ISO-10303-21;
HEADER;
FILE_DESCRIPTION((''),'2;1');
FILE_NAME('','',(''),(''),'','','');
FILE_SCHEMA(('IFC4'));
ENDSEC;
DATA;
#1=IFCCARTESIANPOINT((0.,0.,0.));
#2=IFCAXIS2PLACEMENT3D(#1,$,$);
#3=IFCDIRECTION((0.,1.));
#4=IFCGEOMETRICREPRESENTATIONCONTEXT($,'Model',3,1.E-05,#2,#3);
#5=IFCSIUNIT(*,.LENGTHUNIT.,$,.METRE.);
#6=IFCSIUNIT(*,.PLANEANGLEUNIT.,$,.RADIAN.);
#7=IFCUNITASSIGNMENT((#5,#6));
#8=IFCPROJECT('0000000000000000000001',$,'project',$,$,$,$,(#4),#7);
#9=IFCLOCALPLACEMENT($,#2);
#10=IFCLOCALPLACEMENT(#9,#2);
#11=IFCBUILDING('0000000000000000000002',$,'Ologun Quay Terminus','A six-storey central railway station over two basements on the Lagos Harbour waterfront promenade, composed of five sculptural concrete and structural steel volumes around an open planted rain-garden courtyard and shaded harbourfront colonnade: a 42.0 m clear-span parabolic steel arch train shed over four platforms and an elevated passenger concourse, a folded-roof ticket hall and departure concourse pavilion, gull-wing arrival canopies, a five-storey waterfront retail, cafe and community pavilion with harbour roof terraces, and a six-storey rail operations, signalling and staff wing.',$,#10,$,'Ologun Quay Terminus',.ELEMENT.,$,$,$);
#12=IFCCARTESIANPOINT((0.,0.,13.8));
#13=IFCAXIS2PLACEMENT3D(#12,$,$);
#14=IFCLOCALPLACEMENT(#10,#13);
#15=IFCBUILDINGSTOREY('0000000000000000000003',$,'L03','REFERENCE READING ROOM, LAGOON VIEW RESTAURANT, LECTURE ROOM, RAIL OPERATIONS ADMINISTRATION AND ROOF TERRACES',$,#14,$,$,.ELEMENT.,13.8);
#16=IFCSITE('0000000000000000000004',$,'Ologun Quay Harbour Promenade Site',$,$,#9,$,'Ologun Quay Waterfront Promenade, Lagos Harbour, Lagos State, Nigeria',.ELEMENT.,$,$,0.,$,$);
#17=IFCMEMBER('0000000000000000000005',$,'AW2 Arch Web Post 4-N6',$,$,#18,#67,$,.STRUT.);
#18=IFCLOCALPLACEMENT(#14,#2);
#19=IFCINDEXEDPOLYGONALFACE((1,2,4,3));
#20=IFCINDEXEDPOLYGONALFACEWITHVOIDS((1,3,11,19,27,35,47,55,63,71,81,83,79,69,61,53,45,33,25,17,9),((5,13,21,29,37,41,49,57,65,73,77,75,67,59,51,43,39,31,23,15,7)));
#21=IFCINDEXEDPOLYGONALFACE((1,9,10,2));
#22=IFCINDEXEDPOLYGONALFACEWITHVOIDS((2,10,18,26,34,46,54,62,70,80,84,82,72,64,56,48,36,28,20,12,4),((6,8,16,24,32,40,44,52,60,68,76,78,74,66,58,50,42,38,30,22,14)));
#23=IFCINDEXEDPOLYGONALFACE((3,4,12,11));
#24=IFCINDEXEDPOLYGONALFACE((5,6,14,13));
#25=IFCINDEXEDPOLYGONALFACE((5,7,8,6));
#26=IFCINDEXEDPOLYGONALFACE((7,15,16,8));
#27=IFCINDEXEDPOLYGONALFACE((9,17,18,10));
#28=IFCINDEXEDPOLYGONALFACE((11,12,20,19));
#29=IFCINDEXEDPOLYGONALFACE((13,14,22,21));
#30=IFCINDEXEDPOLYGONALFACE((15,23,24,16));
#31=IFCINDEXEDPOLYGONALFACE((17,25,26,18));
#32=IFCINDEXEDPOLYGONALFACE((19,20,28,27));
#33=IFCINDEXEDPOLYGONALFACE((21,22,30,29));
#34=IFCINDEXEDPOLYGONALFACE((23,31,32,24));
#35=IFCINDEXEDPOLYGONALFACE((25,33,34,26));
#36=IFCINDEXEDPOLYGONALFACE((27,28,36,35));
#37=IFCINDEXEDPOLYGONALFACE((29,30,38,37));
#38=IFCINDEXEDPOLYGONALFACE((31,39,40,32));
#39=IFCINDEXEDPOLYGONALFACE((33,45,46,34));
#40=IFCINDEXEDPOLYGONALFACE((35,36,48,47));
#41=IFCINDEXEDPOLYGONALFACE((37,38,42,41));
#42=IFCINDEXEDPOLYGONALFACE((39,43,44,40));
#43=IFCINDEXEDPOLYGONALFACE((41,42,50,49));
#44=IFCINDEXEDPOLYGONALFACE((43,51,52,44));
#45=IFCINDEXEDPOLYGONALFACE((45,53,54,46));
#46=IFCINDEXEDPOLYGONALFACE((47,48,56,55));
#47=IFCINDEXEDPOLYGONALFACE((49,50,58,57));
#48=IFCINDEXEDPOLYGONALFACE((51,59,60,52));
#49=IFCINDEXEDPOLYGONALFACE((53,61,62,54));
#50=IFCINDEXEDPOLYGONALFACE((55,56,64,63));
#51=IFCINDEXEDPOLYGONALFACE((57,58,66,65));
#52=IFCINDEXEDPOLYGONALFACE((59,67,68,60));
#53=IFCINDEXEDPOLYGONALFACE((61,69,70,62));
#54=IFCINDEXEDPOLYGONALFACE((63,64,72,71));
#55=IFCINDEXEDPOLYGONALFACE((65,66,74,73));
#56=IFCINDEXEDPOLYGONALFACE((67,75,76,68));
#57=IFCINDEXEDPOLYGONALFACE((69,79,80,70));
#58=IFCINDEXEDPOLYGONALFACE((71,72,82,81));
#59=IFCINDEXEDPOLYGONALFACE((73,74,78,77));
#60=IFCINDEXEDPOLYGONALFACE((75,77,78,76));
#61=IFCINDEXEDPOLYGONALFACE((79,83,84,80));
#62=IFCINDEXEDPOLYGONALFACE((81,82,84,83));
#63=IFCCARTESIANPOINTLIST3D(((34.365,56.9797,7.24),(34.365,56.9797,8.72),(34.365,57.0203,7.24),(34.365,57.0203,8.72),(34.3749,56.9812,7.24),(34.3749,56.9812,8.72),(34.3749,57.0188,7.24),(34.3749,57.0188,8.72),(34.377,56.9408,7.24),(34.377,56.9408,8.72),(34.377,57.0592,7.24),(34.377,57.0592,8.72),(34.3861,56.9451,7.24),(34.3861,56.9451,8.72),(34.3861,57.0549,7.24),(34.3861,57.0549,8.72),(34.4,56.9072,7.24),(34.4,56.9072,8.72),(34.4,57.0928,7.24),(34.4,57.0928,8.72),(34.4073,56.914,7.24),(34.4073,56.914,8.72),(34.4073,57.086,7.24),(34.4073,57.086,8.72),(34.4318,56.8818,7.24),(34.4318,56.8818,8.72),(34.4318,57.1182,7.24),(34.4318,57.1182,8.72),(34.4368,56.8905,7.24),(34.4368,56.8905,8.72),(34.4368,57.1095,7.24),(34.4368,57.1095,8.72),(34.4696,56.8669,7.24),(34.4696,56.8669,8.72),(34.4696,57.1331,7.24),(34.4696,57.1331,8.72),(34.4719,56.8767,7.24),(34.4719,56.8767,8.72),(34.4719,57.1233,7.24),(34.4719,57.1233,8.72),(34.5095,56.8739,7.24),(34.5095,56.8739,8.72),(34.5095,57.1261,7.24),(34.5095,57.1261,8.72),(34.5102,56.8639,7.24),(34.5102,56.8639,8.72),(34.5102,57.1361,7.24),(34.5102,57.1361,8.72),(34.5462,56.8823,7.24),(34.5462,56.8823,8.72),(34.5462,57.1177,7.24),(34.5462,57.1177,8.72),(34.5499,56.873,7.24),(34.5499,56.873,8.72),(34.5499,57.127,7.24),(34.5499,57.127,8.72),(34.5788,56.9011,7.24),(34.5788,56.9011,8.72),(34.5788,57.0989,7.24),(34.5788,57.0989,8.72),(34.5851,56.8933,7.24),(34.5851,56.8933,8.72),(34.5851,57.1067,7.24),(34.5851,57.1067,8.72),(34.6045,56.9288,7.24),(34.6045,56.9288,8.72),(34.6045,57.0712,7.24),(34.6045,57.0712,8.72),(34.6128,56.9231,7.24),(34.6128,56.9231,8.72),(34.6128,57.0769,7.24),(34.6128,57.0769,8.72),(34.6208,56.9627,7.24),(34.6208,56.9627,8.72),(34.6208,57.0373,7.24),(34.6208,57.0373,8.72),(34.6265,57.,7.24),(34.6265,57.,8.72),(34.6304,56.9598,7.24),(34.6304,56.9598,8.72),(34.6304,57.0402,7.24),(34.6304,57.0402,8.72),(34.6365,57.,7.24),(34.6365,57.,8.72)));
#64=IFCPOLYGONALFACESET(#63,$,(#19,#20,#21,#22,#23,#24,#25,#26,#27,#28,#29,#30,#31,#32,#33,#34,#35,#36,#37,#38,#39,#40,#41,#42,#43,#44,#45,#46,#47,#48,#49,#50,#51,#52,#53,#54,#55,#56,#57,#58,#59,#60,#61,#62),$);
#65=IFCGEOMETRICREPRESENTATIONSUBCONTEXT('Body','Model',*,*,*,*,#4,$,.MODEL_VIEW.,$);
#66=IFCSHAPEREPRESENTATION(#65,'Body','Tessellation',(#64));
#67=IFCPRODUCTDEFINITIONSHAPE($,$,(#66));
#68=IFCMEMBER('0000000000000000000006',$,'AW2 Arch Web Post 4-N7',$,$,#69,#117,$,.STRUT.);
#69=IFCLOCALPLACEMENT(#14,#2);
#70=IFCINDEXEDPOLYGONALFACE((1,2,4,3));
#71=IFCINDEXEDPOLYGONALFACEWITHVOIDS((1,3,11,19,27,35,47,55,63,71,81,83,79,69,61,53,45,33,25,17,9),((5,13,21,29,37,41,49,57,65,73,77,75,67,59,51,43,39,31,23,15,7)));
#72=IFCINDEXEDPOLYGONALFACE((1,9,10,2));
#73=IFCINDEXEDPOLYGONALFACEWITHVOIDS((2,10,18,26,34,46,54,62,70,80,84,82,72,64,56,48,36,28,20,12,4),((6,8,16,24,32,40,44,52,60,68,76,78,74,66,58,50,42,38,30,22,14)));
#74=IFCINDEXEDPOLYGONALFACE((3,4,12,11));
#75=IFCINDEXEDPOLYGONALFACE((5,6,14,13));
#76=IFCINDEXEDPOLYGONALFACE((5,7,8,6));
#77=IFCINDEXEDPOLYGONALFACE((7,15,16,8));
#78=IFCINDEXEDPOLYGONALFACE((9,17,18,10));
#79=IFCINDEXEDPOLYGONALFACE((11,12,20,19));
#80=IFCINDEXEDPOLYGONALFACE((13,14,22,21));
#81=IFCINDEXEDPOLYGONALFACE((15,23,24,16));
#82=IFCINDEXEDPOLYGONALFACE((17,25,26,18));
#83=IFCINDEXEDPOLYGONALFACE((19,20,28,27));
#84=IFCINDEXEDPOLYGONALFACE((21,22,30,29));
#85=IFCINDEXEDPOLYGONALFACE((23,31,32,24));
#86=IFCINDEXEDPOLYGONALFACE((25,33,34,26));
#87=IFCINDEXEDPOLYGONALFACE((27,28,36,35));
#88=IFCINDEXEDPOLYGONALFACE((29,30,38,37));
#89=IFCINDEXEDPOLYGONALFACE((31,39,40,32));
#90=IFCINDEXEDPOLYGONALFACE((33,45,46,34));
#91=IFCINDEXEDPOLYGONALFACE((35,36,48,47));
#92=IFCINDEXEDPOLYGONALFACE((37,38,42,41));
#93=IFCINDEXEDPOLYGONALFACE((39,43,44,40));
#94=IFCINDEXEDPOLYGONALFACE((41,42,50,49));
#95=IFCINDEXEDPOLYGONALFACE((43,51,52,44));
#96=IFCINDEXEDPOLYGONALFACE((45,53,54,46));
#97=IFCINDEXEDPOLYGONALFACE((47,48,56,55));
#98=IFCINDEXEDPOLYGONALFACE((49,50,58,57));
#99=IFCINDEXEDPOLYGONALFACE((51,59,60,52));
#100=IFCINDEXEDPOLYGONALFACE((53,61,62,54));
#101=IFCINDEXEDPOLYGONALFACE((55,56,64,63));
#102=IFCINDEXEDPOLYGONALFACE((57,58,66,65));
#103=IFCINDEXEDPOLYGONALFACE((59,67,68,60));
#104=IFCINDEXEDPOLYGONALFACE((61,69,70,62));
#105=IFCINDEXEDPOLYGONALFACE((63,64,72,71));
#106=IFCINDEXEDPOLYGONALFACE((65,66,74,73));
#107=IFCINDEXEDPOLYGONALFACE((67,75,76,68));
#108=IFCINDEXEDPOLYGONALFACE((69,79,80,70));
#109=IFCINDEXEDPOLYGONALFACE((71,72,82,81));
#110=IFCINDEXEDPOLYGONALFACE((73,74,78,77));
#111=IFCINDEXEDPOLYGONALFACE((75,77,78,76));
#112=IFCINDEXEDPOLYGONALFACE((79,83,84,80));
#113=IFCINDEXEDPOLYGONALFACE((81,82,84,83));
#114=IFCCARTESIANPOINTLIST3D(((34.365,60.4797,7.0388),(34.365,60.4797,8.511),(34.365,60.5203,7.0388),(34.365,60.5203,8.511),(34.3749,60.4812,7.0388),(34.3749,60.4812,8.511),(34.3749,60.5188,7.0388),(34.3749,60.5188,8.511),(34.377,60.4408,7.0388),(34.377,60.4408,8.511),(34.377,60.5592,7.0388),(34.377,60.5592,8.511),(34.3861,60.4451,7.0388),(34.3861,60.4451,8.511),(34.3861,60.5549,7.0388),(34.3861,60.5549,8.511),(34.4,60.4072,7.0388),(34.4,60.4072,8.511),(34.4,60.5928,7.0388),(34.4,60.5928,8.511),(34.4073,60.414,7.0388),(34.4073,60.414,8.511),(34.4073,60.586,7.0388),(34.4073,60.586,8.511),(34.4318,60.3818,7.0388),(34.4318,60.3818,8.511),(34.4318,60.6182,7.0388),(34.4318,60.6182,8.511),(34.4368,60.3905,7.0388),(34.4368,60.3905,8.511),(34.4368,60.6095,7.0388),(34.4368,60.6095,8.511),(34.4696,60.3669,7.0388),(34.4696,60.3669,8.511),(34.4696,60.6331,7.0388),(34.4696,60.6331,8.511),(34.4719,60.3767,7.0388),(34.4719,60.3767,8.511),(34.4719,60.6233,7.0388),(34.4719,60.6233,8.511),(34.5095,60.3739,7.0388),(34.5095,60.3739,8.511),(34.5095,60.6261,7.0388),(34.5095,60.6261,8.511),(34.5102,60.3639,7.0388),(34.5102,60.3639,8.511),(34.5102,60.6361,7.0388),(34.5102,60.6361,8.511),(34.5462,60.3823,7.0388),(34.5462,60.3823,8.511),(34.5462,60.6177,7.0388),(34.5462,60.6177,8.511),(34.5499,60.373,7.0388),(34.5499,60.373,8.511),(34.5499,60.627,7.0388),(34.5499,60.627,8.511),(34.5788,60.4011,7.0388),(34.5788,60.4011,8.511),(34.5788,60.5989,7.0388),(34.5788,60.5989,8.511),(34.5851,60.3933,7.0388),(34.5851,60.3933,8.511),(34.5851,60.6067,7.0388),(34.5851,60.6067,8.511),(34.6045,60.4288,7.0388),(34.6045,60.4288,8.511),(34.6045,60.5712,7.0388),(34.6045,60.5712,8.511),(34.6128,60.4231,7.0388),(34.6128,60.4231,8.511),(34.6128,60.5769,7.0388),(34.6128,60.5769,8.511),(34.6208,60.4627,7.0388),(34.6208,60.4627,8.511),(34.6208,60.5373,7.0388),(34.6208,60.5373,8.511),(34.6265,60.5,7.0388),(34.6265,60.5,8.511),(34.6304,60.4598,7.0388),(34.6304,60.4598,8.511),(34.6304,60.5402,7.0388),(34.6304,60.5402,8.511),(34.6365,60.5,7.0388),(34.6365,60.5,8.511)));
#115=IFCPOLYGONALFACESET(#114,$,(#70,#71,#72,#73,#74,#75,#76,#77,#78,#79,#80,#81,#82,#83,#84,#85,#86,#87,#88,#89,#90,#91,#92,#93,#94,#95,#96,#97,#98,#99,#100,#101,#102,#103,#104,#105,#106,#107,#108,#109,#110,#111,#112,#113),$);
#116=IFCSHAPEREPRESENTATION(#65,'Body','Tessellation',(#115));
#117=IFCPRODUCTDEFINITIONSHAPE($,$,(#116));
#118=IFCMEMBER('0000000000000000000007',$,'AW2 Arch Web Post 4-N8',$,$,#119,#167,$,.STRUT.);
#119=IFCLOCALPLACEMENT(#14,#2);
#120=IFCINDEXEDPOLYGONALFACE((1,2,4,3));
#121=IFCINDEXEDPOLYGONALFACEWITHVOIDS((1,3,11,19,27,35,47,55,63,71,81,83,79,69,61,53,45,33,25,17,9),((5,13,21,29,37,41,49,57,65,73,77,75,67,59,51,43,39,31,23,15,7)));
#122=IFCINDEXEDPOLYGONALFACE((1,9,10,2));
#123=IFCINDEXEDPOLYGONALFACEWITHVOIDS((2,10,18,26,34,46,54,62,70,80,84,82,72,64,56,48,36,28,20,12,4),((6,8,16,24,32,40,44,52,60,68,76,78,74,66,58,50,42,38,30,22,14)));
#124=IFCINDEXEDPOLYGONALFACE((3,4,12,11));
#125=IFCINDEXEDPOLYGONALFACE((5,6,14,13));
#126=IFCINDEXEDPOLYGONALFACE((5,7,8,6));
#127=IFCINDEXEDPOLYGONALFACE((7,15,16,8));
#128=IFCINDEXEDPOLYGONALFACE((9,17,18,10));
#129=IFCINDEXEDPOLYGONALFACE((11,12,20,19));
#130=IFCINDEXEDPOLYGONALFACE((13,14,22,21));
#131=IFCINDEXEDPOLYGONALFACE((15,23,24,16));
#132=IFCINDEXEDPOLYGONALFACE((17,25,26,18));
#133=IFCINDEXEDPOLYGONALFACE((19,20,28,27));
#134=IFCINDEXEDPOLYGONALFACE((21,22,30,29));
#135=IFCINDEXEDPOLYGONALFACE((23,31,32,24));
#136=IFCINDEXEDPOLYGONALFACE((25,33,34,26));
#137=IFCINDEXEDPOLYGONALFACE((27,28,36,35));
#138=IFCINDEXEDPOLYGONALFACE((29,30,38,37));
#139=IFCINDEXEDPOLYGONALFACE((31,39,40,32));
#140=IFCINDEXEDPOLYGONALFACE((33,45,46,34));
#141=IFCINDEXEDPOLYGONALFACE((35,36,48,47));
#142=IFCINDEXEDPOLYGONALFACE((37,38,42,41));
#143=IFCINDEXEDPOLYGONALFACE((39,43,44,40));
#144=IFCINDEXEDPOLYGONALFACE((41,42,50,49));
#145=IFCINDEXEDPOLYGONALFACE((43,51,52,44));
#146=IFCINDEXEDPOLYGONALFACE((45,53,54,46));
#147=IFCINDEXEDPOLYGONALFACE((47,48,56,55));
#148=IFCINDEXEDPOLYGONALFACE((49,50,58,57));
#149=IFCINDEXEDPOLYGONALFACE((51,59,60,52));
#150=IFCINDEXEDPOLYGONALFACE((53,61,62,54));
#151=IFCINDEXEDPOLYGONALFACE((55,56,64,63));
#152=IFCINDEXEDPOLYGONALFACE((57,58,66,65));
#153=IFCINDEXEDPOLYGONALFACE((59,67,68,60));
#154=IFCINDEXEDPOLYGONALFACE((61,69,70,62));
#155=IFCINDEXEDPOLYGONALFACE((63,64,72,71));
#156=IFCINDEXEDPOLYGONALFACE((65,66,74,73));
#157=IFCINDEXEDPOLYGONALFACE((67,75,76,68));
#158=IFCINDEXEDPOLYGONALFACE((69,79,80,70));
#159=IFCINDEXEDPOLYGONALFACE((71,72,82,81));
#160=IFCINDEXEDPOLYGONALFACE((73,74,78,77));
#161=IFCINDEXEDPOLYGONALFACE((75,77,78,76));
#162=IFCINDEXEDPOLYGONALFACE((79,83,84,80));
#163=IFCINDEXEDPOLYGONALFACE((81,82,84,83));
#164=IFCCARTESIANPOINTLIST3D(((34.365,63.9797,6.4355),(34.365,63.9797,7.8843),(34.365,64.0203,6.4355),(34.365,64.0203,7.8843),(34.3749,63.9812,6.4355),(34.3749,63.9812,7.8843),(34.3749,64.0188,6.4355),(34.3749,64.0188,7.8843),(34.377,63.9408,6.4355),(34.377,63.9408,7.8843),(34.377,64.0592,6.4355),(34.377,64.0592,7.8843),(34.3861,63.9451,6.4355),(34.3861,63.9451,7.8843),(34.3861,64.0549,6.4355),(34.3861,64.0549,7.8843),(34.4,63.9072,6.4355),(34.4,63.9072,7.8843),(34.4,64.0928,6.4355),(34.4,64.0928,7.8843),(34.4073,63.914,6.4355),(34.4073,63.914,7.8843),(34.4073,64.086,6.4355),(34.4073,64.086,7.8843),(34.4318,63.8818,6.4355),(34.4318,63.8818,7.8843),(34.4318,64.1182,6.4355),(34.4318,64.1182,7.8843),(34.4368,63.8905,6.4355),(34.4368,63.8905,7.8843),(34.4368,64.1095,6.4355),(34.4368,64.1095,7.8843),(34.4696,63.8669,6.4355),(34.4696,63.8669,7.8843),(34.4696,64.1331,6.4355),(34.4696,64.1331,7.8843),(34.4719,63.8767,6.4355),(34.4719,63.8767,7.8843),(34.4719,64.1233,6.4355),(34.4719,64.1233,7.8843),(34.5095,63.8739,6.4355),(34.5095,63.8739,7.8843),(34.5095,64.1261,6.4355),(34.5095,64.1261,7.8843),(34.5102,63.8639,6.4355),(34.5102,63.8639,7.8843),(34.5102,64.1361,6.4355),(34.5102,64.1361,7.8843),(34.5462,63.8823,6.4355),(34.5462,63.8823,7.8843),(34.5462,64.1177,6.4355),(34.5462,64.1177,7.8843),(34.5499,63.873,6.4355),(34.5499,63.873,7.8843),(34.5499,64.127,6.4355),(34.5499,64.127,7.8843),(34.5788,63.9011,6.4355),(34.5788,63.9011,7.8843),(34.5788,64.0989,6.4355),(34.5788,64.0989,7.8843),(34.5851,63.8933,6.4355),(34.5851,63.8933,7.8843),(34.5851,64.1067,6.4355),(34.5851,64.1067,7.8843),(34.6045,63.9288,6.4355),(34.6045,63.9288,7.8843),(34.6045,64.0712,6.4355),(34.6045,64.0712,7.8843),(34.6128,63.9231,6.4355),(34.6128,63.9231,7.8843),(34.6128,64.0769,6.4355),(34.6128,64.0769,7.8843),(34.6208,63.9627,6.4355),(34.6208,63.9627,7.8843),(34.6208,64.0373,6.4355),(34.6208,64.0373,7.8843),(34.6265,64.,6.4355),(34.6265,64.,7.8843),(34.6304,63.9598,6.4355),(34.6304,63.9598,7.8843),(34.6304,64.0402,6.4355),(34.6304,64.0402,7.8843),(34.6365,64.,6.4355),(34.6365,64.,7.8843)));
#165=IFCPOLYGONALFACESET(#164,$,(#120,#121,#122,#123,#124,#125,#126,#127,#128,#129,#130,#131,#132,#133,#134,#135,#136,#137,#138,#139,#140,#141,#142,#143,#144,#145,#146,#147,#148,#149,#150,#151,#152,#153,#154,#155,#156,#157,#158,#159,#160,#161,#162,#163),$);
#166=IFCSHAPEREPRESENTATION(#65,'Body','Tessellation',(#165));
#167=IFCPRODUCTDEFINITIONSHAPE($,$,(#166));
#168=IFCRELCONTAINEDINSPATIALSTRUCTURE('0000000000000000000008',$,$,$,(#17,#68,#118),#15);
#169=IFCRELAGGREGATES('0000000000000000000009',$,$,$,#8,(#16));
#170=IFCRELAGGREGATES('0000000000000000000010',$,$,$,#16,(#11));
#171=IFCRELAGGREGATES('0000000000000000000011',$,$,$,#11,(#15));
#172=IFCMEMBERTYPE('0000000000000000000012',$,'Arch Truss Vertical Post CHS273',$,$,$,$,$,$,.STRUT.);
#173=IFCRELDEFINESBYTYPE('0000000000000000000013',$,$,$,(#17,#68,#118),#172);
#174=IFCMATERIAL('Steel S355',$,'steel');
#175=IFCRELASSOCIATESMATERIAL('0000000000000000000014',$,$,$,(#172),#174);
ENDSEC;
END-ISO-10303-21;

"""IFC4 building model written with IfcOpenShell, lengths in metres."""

from ifc_helpers import new_model, si_unit, direction, frame, origin, origin_2d, place, context, subcontext, project, spatial, hollow_circle, extrude, material, material_profile, profile_set, type_object, element, save


model = new_model("IFC4")

# Units and contexts
model_context = context("Model", 3, precision=1e-05, world=origin(), true_north=direction((0.0, 1.0)))
body_context = subcontext(model_context, "Body", "Model", "MODEL_VIEW")
ifc_project = project(units=[si_unit("LENGTHUNIT", "METRE"), si_unit("PLANEANGLEUNIT", "RADIAN")], contexts=[model_context])

# Site, building, storey
site_placement = place(None, origin())
site = spatial("IfcSite", under=ifc_project, at=site_placement, Name="Ologun Quay Harbour Promenade Site", LongName="Ologun Quay Waterfront Promenade, Lagos Harbour, Lagos State, Nigeria", CompositionType="ELEMENT", RefElevation=0.0)
building_placement = place(site_placement, origin())
building = spatial("IfcBuilding", under=site, at=building_placement, Name="Ologun Quay Terminus", Description="A six-storey central railway station over two basements on the Lagos Harbour waterfront promenade, composed of five sculptural concrete and structural steel volumes around an open planted rain-garden courtyard and shaded harbourfront colonnade: a 42.0 m clear-span parabolic steel arch train shed over four platforms and an elevated passenger concourse, a folded-roof ticket hall and departure concourse pavilion, gull-wing arrival canopies, a five-storey waterfront retail, cafe and community pavilion with harbour roof terraces, and a six-storey rail operations, signalling and staff wing.", LongName="Ologun Quay Terminus", CompositionType="ELEMENT")
storey_placement = place(building_placement, frame((0.0, 0.0, 13.8)))
storey = spatial("IfcBuildingStorey", under=building, at=storey_placement, Name="L03", Description="REFERENCE READING ROOM, LAGOON VIEW RESTAURANT, LECTURE ROOM, RAIL OPERATIONS ADMINISTRATION AND ROOF TERRACES", CompositionType="ELEMENT", Elevation=13.8)

# Members
ifc_material_1 = material(Name="Steel S355", Category="steel")
ifc_material_profile_1 = material_profile(ifc_material_1, hollow_circle(Radius=0.1365, WallThickness=0.01, at=origin_2d()), Name="CHS 273x10")
ifc_profile_set_1 = profile_set([ifc_material_profile_1], Name="Steel S355")
member_type_1 = type_object("IfcMemberType", Name="Arch Truss Vertical Post CHS273", PredefinedType="STRUT", material=ifc_profile_set_1)
member_1_placement = place(storey_placement, frame((34.5, 57.0, 7.24), z_axis=(0.0, 0.0, 1.0), x_axis=(1.0, 0.0, 0.0)))
element("IfcMember", 1, at=member_1_placement, inside=storey, type_object=member_type_1, Name="AW2 Arch Web Post 4-N6", PredefinedType="STRUT", context=body_context, shape_type="SweptSolid", body=[
    extrude(hollow_circle(Radius=0.1365, WallThickness=0.01, at=origin_2d()), origin(), (0.0, 0.0, 1.0), 1.48),
])
member_2_placement = place(storey_placement, frame((34.5, 60.5, 7.0388), z_axis=(0.0, 0.0, 1.0), x_axis=(1.0, 0.0, 0.0)))
element("IfcMember", 2, at=member_2_placement, inside=storey, type_object=member_type_1, Name="AW2 Arch Web Post 4-N7", PredefinedType="STRUT", context=body_context, shape_type="SweptSolid", body=[
    extrude(hollow_circle(Radius=0.1365, WallThickness=0.01, at=origin_2d()), origin(), (0.0, 0.0, 1.0), 1.4722),
])
member_3_placement = place(storey_placement, frame((34.5, 64.0, 6.4355), z_axis=(0.0, 0.0, 1.0), x_axis=(1.0, 0.0, 0.0)))
element("IfcMember", 3, at=member_3_placement, inside=storey, type_object=member_type_1, Name="AW2 Arch Web Post 4-N8", PredefinedType="STRUT", context=body_context, shape_type="SweptSolid", body=[
    extrude(hollow_circle(Radius=0.1365, WallThickness=0.01, at=origin_2d()), origin(), (0.0, 0.0, 1.0), 1.4487),
])

save(model, "model.ifc")
